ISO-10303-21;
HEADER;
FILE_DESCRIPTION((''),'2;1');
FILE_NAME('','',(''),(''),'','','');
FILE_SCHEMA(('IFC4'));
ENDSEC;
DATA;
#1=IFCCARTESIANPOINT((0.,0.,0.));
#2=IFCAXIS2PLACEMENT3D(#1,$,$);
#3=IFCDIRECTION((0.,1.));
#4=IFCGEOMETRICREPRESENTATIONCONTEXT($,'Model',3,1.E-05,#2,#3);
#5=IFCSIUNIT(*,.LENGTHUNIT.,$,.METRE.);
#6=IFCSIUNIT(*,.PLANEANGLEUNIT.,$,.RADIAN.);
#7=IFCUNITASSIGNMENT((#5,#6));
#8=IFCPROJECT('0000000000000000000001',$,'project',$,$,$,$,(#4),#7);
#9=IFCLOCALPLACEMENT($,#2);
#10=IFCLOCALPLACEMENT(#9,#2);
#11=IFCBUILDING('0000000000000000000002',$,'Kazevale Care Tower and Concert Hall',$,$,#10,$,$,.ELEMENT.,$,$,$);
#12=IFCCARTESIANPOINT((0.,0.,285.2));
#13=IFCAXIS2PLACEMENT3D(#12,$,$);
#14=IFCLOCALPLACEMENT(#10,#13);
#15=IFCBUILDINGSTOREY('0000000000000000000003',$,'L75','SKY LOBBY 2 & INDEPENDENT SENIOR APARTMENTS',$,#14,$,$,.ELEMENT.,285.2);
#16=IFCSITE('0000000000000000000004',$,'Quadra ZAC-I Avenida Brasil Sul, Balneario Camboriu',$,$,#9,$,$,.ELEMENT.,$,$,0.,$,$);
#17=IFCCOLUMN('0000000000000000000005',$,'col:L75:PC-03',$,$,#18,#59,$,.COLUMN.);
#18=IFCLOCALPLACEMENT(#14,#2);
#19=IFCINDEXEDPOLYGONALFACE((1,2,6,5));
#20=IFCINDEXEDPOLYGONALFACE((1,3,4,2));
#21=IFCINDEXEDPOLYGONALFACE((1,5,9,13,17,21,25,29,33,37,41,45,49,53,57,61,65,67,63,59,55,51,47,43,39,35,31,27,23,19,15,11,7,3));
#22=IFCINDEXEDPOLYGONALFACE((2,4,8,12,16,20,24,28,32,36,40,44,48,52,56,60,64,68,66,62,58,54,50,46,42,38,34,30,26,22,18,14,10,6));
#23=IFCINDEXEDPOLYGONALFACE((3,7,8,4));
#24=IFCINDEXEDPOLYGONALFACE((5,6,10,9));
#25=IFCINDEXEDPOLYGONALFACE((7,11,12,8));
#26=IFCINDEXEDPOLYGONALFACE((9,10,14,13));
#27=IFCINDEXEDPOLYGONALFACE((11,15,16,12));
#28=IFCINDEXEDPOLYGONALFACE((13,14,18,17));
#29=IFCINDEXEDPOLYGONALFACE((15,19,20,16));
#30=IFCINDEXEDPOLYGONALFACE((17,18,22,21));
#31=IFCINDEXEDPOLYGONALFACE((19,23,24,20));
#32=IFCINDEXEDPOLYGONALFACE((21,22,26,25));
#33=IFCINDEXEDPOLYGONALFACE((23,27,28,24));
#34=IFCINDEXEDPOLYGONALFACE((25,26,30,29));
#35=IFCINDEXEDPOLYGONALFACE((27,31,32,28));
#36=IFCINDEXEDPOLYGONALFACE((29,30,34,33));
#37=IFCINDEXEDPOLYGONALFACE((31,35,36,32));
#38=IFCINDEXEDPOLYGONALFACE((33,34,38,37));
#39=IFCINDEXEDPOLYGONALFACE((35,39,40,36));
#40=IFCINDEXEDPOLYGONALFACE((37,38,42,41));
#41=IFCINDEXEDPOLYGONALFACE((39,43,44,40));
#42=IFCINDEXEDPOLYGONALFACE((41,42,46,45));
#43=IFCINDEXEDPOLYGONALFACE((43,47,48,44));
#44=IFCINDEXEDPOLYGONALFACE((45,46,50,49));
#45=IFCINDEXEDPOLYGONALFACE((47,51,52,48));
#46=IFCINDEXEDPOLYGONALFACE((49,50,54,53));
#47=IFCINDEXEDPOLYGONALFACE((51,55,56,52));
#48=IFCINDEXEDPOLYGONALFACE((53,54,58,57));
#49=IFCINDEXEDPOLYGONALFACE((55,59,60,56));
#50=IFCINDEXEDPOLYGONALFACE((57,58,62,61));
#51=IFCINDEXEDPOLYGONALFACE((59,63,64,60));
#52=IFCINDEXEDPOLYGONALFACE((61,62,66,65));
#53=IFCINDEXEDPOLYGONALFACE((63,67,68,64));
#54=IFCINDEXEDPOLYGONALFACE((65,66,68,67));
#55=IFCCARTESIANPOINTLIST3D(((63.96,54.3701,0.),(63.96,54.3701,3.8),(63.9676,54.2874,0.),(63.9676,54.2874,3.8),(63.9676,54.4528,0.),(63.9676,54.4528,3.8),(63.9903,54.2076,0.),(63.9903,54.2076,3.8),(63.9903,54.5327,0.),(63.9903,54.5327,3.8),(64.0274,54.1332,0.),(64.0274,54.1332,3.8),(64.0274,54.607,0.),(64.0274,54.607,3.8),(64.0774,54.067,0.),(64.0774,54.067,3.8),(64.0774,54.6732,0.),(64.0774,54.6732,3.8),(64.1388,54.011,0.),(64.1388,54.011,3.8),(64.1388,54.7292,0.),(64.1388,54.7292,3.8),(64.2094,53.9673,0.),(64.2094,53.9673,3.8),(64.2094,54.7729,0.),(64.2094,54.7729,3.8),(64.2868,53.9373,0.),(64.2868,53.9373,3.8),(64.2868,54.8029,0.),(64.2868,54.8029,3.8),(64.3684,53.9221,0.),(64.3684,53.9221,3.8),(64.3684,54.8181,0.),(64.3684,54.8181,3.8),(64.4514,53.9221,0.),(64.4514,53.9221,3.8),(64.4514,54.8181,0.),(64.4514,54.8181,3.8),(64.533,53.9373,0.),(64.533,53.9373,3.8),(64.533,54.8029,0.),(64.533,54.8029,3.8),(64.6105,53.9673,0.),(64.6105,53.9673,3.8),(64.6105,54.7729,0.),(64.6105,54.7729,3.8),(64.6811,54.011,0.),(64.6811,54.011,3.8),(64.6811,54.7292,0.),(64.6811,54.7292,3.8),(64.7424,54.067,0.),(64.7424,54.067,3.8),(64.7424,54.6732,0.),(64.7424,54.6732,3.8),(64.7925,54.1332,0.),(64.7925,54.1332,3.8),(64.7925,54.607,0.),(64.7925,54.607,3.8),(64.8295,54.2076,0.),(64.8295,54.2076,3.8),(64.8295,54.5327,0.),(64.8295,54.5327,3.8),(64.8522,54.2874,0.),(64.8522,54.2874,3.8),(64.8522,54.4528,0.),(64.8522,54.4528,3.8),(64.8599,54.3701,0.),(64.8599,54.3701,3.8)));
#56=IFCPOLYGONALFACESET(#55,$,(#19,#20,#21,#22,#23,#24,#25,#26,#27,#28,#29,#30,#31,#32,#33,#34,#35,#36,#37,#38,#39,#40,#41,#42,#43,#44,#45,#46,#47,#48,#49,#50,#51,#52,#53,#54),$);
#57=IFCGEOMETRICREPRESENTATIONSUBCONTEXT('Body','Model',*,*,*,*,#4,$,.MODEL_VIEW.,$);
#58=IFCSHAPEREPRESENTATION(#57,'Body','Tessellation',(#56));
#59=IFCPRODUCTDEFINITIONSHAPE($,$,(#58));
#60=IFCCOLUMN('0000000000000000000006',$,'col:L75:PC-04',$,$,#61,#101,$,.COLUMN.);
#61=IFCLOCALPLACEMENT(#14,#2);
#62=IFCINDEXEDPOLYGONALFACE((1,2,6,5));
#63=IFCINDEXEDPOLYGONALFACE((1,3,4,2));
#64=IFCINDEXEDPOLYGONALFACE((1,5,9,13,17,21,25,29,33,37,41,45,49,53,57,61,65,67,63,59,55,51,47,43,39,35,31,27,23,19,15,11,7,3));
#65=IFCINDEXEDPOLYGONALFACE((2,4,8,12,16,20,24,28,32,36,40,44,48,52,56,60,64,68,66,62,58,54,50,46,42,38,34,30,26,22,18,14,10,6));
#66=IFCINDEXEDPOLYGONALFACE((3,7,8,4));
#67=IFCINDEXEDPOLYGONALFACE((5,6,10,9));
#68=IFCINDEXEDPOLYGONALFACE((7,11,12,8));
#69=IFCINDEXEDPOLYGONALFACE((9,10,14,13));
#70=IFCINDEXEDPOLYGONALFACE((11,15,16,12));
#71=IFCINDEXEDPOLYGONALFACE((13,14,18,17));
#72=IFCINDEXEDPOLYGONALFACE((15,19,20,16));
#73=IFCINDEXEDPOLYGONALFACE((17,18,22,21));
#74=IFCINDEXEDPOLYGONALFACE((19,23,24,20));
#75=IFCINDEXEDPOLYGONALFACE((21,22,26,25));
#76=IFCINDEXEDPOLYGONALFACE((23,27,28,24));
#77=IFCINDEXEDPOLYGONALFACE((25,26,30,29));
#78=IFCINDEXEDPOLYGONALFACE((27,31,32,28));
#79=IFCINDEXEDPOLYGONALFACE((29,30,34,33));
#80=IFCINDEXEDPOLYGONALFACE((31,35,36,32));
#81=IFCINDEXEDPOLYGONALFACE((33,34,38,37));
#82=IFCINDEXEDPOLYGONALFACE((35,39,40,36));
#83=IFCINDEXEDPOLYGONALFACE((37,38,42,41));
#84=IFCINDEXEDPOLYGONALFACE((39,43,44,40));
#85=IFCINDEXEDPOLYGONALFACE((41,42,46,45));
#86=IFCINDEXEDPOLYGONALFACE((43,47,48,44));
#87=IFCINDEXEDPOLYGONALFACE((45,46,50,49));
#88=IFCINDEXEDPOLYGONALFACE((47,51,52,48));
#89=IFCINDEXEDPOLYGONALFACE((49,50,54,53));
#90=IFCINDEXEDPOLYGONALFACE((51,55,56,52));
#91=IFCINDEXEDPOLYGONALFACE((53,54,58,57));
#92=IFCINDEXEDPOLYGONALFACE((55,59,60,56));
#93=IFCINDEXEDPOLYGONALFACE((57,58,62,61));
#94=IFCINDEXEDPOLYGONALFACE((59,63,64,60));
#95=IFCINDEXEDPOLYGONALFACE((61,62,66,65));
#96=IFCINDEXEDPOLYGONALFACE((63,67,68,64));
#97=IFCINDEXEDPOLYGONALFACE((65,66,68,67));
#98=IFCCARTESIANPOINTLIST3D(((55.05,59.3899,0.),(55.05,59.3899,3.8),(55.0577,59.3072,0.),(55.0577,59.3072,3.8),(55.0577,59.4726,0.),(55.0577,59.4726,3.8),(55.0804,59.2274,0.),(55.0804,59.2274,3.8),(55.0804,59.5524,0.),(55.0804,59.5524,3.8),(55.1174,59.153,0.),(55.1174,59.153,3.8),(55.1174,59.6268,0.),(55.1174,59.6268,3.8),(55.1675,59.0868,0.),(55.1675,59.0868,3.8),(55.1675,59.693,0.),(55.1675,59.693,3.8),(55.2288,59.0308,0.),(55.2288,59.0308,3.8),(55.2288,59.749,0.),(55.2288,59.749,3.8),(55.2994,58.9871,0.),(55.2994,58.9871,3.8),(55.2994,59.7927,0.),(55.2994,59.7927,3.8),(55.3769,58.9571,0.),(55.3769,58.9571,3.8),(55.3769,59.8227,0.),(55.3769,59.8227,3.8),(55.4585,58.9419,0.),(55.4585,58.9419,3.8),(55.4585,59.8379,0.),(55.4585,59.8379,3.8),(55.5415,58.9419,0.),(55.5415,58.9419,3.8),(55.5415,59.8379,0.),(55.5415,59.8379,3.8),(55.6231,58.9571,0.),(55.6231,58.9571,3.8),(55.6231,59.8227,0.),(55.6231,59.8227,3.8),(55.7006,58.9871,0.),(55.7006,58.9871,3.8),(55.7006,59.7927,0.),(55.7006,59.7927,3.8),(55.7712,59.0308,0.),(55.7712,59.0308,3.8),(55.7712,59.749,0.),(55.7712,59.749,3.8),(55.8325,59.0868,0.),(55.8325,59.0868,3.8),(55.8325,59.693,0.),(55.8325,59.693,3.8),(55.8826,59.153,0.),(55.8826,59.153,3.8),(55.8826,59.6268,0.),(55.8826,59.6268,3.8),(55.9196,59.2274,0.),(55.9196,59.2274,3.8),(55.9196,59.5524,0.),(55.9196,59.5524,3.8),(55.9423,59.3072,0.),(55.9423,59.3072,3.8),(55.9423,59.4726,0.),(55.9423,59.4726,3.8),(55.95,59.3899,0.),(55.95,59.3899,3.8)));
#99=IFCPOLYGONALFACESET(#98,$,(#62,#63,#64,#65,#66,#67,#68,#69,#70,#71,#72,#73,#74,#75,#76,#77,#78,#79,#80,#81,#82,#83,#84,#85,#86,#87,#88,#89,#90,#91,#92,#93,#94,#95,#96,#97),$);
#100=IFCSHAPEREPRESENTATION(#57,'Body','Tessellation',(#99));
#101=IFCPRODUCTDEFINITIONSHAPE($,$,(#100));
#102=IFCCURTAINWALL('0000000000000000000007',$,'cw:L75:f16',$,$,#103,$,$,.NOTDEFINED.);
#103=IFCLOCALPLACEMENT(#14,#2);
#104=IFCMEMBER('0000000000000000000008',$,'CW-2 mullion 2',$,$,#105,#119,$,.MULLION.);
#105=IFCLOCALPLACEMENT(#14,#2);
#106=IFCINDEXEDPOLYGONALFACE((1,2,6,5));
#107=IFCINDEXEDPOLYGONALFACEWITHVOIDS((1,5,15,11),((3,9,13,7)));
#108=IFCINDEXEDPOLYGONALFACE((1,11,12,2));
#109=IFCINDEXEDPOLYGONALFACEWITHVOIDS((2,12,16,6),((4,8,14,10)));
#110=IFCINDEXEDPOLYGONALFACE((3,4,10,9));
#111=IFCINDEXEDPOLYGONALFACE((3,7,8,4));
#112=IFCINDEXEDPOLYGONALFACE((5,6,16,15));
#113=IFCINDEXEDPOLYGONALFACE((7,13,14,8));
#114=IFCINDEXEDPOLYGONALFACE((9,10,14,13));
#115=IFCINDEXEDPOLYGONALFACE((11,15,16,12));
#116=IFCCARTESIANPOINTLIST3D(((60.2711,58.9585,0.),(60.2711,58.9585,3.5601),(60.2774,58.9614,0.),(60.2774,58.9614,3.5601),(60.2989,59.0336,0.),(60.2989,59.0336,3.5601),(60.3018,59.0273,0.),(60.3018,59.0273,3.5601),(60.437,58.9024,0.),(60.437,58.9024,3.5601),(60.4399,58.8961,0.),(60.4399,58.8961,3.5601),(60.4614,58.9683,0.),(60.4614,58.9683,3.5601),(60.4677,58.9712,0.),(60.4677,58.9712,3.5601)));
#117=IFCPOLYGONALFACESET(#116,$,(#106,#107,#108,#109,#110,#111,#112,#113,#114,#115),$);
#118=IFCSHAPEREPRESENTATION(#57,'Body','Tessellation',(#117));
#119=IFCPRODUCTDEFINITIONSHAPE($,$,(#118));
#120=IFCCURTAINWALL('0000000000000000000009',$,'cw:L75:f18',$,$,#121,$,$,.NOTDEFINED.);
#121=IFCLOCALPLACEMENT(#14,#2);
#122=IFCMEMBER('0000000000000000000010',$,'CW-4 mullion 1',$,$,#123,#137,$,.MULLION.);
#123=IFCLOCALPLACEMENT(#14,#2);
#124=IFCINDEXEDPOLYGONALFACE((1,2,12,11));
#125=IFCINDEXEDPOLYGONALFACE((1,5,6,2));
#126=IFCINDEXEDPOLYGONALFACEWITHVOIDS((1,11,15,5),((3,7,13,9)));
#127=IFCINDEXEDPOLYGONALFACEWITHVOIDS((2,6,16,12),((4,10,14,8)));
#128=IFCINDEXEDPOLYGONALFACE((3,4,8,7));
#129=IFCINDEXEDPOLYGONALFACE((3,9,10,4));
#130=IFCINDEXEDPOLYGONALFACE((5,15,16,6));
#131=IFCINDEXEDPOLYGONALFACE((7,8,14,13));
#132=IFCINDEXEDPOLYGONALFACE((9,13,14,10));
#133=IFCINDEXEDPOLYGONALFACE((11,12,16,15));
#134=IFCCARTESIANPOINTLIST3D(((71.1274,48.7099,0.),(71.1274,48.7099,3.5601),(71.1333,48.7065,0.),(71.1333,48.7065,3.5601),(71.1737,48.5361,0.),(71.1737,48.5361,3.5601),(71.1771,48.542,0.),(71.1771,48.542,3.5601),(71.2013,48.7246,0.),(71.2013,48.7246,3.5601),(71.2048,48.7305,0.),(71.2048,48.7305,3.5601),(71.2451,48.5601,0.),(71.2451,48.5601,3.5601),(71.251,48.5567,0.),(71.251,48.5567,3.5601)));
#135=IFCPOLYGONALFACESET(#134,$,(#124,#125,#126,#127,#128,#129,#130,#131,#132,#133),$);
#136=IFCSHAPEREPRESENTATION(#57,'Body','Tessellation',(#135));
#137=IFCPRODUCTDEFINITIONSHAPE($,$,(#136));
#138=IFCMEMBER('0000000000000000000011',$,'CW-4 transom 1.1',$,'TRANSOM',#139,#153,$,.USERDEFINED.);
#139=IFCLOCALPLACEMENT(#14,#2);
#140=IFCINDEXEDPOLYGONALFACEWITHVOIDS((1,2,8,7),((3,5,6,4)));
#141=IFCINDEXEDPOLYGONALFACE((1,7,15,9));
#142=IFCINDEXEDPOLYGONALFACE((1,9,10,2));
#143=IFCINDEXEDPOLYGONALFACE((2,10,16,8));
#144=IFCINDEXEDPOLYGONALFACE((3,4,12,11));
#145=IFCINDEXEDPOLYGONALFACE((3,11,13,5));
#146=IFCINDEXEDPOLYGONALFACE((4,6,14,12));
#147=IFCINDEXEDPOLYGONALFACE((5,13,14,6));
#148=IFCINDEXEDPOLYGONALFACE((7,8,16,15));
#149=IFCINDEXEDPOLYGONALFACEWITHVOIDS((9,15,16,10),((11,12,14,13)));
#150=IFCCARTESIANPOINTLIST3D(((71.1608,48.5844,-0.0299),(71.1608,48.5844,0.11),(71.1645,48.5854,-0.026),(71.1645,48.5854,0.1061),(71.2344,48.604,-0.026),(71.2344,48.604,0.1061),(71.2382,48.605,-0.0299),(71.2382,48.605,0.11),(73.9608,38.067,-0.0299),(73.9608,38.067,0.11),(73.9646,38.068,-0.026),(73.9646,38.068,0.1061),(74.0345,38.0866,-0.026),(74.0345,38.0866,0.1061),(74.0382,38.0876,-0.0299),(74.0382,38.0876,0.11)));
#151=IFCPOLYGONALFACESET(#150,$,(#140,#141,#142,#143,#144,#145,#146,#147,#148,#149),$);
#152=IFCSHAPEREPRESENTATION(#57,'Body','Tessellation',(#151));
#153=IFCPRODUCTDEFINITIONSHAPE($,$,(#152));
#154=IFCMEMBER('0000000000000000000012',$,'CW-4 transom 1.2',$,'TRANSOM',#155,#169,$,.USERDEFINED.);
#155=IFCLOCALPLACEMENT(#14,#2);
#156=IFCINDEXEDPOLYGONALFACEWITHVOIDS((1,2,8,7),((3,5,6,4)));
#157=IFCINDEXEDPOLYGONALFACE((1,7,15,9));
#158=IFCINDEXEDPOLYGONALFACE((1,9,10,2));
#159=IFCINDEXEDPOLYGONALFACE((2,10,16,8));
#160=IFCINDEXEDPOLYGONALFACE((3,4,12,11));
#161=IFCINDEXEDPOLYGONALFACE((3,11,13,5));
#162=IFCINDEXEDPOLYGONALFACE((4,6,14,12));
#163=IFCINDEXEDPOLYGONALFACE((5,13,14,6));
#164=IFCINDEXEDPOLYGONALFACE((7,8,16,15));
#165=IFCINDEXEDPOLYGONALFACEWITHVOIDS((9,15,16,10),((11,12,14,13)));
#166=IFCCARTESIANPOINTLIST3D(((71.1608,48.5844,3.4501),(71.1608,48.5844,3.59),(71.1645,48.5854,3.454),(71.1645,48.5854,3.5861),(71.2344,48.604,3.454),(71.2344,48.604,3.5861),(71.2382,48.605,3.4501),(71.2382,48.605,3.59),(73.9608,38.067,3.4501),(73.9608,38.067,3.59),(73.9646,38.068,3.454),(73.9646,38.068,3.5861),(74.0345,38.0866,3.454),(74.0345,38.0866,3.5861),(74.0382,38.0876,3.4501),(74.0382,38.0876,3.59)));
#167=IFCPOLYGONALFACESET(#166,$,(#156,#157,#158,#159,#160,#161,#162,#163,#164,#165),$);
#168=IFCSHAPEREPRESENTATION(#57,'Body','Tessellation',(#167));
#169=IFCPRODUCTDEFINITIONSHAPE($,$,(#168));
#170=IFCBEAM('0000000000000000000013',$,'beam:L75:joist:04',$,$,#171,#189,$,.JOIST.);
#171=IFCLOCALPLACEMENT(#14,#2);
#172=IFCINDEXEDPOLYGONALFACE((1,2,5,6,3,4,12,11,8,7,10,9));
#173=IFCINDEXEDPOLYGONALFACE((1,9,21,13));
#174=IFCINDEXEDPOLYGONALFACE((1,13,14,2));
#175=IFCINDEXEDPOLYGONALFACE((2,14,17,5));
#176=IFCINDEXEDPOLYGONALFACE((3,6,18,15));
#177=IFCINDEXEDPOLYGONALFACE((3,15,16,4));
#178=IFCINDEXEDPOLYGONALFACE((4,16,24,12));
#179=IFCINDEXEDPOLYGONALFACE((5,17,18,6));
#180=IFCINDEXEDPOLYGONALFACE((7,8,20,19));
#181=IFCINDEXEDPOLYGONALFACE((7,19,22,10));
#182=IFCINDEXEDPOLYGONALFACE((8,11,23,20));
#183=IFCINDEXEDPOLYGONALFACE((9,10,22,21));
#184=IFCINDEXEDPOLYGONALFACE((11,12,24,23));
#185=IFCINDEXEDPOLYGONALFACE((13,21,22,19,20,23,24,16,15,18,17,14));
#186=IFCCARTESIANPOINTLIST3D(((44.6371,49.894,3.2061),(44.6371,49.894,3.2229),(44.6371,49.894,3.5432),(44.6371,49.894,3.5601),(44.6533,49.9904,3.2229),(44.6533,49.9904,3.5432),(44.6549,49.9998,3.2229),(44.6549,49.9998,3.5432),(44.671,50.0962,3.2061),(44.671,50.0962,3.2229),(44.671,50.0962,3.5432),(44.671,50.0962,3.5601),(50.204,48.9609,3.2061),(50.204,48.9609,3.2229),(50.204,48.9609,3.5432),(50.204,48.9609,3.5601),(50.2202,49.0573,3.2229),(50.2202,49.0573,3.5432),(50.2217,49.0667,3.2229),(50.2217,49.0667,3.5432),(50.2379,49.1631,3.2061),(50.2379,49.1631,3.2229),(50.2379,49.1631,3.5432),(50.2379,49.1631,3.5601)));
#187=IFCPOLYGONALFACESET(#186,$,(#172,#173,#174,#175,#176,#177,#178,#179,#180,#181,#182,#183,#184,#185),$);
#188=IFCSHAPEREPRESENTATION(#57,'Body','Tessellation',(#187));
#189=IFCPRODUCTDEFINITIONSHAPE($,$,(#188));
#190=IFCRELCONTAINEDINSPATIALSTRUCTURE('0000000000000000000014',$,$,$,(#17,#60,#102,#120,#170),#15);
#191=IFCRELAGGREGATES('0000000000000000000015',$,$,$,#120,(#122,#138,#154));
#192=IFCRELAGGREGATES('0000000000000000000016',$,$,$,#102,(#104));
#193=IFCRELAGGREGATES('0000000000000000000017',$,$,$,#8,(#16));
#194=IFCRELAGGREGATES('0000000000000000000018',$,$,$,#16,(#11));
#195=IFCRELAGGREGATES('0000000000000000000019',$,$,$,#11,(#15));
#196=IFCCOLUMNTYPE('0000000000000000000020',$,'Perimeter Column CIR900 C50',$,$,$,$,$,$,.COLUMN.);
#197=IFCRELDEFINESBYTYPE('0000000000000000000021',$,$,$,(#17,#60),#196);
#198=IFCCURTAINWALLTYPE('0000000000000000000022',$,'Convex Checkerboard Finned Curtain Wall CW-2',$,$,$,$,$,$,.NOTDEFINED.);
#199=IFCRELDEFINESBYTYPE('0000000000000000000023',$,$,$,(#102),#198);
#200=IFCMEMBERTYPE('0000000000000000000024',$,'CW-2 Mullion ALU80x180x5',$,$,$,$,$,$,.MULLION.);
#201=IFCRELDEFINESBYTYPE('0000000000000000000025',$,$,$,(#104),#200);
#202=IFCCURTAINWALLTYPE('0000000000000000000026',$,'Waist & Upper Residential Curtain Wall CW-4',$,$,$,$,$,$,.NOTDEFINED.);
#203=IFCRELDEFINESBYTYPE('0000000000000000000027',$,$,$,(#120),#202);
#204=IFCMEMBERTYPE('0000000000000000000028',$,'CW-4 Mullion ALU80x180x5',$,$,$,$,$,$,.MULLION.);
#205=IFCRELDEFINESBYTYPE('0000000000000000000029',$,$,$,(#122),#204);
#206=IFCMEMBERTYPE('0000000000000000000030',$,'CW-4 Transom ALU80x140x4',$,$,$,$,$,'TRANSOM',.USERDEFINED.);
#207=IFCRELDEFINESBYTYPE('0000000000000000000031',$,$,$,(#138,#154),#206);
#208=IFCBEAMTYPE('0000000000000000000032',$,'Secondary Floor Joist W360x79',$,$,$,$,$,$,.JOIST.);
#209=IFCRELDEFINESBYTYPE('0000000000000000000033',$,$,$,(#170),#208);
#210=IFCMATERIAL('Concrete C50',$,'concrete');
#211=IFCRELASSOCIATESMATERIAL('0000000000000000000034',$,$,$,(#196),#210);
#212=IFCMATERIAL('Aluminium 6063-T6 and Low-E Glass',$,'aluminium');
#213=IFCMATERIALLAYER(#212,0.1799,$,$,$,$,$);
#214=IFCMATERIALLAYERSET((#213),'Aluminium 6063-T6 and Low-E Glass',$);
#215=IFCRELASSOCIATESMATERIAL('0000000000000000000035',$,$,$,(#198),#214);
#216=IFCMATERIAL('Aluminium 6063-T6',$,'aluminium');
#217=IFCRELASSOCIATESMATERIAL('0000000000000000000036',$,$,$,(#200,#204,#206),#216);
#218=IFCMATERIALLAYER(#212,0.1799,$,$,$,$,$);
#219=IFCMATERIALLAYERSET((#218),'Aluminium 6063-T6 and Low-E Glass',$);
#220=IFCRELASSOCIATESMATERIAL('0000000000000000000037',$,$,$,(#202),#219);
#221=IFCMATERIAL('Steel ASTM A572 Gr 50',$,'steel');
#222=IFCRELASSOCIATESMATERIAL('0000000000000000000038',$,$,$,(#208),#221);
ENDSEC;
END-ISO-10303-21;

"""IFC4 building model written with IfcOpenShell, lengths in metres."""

from ifc_helpers import new_model, si_unit, direction, frame, origin, origin_2d, place, context, subcontext, project, spatial, hollow_rectangle, circle, i_section, extrude, material, layer, layer_set, material_profile, profile_set, type_object, element, aggregate, save


model = new_model("IFC4")

# Units and contexts
model_context = context("Model", 3, precision=1e-05, world=origin(), true_north=direction((0.0, 1.0)))
body_context = subcontext(model_context, "Body", "Model", "MODEL_VIEW")
ifc_project = project(units=[si_unit("LENGTHUNIT", "METRE"), si_unit("PLANEANGLEUNIT", "RADIAN")], contexts=[model_context])

# Site, building, storey
site_placement = place(None, origin())
site = spatial("IfcSite", under=ifc_project, at=site_placement, Name="Quadra ZAC-I Avenida Brasil Sul, Balneario Camboriu", CompositionType="ELEMENT", RefElevation=0.0)
building_placement = place(site_placement, origin())
building = spatial("IfcBuilding", under=site, at=building_placement, Name="Kazevale Care Tower and Concert Hall", CompositionType="ELEMENT")
storey_placement = place(building_placement, frame((0.0, 0.0, 285.2)))
storey = spatial("IfcBuildingStorey", under=building, at=storey_placement, Name="L75", Description="SKY LOBBY 2 & INDEPENDENT SENIOR APARTMENTS", CompositionType="ELEMENT", Elevation=285.2)

# Columns
ifc_material_1 = material(Name="Concrete C50", Category="concrete")
ifc_material_profile_1 = material_profile(ifc_material_1, circle(Radius=0.45, at=origin_2d()), Name="RC-CIR900")
ifc_profile_set_1 = profile_set([ifc_material_profile_1], Name="Concrete C50")
column_type = type_object("IfcColumnType", Name="Perimeter Column CIR900 C50", PredefinedType="COLUMN", material=ifc_profile_set_1)
for number, where, z_axis, x_axis, name in (
    (1, (64.4099, 54.3701, 0.0), (0.0, 0.0, 1.0), (1.0, 0.0, 0.0), "col:L75:PC-03"),
    (2, (55.5, 59.3899, 0.0), (0.0, 0.0, 1.0), (1.0, 0.0, 0.0), "col:L75:PC-04"),
):
    element("IfcColumn", number, at=place(storey_placement, frame(where, z_axis=z_axis, x_axis=x_axis)), inside=storey, type_object=column_type, Name=name, PredefinedType="COLUMN", context=body_context, shape_type="SweptSolid", body=[
        extrude(circle(Radius=0.45, at=origin_2d()), origin(), (0.0, 0.0, 1.0), 3.8),
    ])

# Curtain wall, member
ifc_material_2 = material(Name="Aluminium 6063-T6 and Low-E Glass", Category="aluminium")
ifc_layer_1 = layer(ifc_material_2, 0.1799)
ifc_layer_set_1 = layer_set([ifc_layer_1], Name="Aluminium 6063-T6 and Low-E Glass")
curtain_wall_type_1 = type_object("IfcCurtainWallType", Name="Convex Checkerboard Finned Curtain Wall CW-2", PredefinedType="NOTDEFINED", material=ifc_layer_set_1)
curtain_wall_1_placement = place(storey_placement, origin())
curtain_wall_1 = element("IfcCurtainWall", 3, at=curtain_wall_1_placement, inside=storey, type_object=curtain_wall_type_1, Name="cw:L75:f16", PredefinedType="NOTDEFINED")
ifc_material_3 = material(Name="Aluminium 6063-T6", Category="aluminium")
ifc_material_profile_2 = material_profile(ifc_material_3, hollow_rectangle(XDim=0.0801, YDim=0.1799, WallThickness=0.0049, at=origin_2d()), Name="ALU80x180x5")
ifc_profile_set_2 = profile_set([ifc_material_profile_2], Name="Aluminium 6063-T6")
member_type_1 = type_object("IfcMemberType", Name="CW-2 Mullion ALU80x180x5", PredefinedType="MULLION", material=ifc_profile_set_2)
member_1_placement = place(storey_placement, frame((60.3694, 58.9648, 0.0), z_axis=(0.0, 0.0, 1.0), x_axis=(0.346864, 0.937916, 0.0)))
member_1 = element("IfcMember", 4, at=member_1_placement, type_object=member_type_1, Name="CW-2 mullion 2", PredefinedType="MULLION", context=body_context, shape_type="SweptSolid", body=[
    extrude(hollow_rectangle(XDim=0.0801, YDim=0.1799, WallThickness=0.0049, at=origin_2d()), origin(), (0.0, 0.0, 1.0), 3.5601),
])

# Curtain wall, members
ifc_layer_2 = layer(ifc_material_2, 0.1799)
ifc_layer_set_2 = layer_set([ifc_layer_2], Name="Aluminium 6063-T6 and Low-E Glass")
curtain_wall_type_2 = type_object("IfcCurtainWallType", Name="Waist & Upper Residential Curtain Wall CW-4", PredefinedType="NOTDEFINED", material=ifc_layer_set_2)
curtain_wall_2_placement = place(storey_placement, origin())
curtain_wall_2 = element("IfcCurtainWall", 5, at=curtain_wall_2_placement, inside=storey, type_object=curtain_wall_type_2, Name="cw:L75:f18", PredefinedType="NOTDEFINED")
ifc_material_profile_3 = material_profile(ifc_material_3, hollow_rectangle(XDim=0.0801, YDim=0.1799, WallThickness=0.0049, at=origin_2d()), Name="ALU80x180x5")
ifc_profile_set_3 = profile_set([ifc_material_profile_3], Name="Aluminium 6063-T6")
member_type_2 = type_object("IfcMemberType", Name="CW-4 Mullion ALU80x180x5", PredefinedType="MULLION", material=ifc_profile_set_3)
member_2_placement = place(storey_placement, frame((71.1892, 48.6333, 0.0), z_axis=(0.0, 0.0, 1.0), x_axis=(0.966345, 0.257251, 0.0)))
member_2 = element("IfcMember", 6, at=member_2_placement, type_object=member_type_2, Name="CW-4 mullion 1", PredefinedType="MULLION", context=body_context, shape_type="SweptSolid", body=[
    extrude(hollow_rectangle(XDim=0.0801, YDim=0.1799, WallThickness=0.0049, at=origin_2d()), origin(), (0.0, 0.0, 1.0), 3.5601),
])
ifc_material_profile_4 = material_profile(ifc_material_3, hollow_rectangle(XDim=0.0801, YDim=0.1399, WallThickness=0.0039, at=origin_2d()), Name="ALU80x140x4")
ifc_profile_set_4 = profile_set([ifc_material_profile_4], Name="Aluminium 6063-T6")
member_type_3 = type_object("IfcMemberType", Name="CW-4 Transom ALU80x140x4", ElementType="TRANSOM", PredefinedType="USERDEFINED", material=ifc_profile_set_4)
member_3_placement = place(storey_placement, frame((71.1995, 48.5947, 0.04), z_axis=(0.25727, -0.966339, 0.0), x_axis=(0.966339, 0.25727, 0.0)))
member_3 = element("IfcMember", 7, at=member_3_placement, type_object=member_type_3, Name="CW-4 transom 1.1", ObjectType="TRANSOM", PredefinedType="USERDEFINED", context=body_context, shape_type="SweptSolid", body=[
    extrude(hollow_rectangle(XDim=0.0801, YDim=0.1399, WallThickness=0.0039, at=origin_2d()), origin(), (0.0, 0.0, 1.0), 10.8838),
])
member_4_placement = place(storey_placement, frame((71.1995, 48.5947, 3.52), z_axis=(0.25727, -0.966339, 0.0), x_axis=(0.966339, 0.25727, 0.0)))
member_4 = element("IfcMember", 8, at=member_4_placement, type_object=member_type_3, Name="CW-4 transom 1.2", ObjectType="TRANSOM", PredefinedType="USERDEFINED", context=body_context, shape_type="SweptSolid", body=[
    extrude(hollow_rectangle(XDim=0.0801, YDim=0.1399, WallThickness=0.0039, at=origin_2d()), origin(), (0.0, 0.0, 1.0), 10.8838),
])
aggregate(curtain_wall_2, [member_2, member_3, member_4])

# Beam
ifc_material_4 = material(Name="Steel ASTM A572 Gr 50", Category="steel")
ifc_material_profile_5 = material_profile(ifc_material_4, i_section(OverallWidth=0.2051, OverallDepth=0.354, WebThickness=0.0095, FlangeThickness=0.0168, at=origin_2d()), Name="W360x79")
ifc_profile_set_5 = profile_set([ifc_material_profile_5], Name="Steel ASTM A572 Gr 50")
beam_type_1 = type_object("IfcBeamType", Name="Secondary Floor Joist W360x79", PredefinedType="JOIST", material=ifc_profile_set_5)
beam_1_placement = place(storey_placement, frame((50.2209, 49.062, 3.3831), z_axis=(-0.986242, 0.165311, 0.0), x_axis=(-0.165311, -0.986242, 0.0)))
element("IfcBeam", 9, at=beam_1_placement, inside=storey, type_object=beam_type_1, Name="beam:L75:joist:04", PredefinedType="JOIST", context=body_context, shape_type="SweptSolid", body=[
    extrude(i_section(OverallWidth=0.2051, OverallDepth=0.354, WebThickness=0.0095, FlangeThickness=0.0168, at=origin_2d()), origin(), (0.0, 0.0, 1.0), 5.6445),
])

aggregate(curtain_wall_1, [member_1])

save(model, "model.ifc")
